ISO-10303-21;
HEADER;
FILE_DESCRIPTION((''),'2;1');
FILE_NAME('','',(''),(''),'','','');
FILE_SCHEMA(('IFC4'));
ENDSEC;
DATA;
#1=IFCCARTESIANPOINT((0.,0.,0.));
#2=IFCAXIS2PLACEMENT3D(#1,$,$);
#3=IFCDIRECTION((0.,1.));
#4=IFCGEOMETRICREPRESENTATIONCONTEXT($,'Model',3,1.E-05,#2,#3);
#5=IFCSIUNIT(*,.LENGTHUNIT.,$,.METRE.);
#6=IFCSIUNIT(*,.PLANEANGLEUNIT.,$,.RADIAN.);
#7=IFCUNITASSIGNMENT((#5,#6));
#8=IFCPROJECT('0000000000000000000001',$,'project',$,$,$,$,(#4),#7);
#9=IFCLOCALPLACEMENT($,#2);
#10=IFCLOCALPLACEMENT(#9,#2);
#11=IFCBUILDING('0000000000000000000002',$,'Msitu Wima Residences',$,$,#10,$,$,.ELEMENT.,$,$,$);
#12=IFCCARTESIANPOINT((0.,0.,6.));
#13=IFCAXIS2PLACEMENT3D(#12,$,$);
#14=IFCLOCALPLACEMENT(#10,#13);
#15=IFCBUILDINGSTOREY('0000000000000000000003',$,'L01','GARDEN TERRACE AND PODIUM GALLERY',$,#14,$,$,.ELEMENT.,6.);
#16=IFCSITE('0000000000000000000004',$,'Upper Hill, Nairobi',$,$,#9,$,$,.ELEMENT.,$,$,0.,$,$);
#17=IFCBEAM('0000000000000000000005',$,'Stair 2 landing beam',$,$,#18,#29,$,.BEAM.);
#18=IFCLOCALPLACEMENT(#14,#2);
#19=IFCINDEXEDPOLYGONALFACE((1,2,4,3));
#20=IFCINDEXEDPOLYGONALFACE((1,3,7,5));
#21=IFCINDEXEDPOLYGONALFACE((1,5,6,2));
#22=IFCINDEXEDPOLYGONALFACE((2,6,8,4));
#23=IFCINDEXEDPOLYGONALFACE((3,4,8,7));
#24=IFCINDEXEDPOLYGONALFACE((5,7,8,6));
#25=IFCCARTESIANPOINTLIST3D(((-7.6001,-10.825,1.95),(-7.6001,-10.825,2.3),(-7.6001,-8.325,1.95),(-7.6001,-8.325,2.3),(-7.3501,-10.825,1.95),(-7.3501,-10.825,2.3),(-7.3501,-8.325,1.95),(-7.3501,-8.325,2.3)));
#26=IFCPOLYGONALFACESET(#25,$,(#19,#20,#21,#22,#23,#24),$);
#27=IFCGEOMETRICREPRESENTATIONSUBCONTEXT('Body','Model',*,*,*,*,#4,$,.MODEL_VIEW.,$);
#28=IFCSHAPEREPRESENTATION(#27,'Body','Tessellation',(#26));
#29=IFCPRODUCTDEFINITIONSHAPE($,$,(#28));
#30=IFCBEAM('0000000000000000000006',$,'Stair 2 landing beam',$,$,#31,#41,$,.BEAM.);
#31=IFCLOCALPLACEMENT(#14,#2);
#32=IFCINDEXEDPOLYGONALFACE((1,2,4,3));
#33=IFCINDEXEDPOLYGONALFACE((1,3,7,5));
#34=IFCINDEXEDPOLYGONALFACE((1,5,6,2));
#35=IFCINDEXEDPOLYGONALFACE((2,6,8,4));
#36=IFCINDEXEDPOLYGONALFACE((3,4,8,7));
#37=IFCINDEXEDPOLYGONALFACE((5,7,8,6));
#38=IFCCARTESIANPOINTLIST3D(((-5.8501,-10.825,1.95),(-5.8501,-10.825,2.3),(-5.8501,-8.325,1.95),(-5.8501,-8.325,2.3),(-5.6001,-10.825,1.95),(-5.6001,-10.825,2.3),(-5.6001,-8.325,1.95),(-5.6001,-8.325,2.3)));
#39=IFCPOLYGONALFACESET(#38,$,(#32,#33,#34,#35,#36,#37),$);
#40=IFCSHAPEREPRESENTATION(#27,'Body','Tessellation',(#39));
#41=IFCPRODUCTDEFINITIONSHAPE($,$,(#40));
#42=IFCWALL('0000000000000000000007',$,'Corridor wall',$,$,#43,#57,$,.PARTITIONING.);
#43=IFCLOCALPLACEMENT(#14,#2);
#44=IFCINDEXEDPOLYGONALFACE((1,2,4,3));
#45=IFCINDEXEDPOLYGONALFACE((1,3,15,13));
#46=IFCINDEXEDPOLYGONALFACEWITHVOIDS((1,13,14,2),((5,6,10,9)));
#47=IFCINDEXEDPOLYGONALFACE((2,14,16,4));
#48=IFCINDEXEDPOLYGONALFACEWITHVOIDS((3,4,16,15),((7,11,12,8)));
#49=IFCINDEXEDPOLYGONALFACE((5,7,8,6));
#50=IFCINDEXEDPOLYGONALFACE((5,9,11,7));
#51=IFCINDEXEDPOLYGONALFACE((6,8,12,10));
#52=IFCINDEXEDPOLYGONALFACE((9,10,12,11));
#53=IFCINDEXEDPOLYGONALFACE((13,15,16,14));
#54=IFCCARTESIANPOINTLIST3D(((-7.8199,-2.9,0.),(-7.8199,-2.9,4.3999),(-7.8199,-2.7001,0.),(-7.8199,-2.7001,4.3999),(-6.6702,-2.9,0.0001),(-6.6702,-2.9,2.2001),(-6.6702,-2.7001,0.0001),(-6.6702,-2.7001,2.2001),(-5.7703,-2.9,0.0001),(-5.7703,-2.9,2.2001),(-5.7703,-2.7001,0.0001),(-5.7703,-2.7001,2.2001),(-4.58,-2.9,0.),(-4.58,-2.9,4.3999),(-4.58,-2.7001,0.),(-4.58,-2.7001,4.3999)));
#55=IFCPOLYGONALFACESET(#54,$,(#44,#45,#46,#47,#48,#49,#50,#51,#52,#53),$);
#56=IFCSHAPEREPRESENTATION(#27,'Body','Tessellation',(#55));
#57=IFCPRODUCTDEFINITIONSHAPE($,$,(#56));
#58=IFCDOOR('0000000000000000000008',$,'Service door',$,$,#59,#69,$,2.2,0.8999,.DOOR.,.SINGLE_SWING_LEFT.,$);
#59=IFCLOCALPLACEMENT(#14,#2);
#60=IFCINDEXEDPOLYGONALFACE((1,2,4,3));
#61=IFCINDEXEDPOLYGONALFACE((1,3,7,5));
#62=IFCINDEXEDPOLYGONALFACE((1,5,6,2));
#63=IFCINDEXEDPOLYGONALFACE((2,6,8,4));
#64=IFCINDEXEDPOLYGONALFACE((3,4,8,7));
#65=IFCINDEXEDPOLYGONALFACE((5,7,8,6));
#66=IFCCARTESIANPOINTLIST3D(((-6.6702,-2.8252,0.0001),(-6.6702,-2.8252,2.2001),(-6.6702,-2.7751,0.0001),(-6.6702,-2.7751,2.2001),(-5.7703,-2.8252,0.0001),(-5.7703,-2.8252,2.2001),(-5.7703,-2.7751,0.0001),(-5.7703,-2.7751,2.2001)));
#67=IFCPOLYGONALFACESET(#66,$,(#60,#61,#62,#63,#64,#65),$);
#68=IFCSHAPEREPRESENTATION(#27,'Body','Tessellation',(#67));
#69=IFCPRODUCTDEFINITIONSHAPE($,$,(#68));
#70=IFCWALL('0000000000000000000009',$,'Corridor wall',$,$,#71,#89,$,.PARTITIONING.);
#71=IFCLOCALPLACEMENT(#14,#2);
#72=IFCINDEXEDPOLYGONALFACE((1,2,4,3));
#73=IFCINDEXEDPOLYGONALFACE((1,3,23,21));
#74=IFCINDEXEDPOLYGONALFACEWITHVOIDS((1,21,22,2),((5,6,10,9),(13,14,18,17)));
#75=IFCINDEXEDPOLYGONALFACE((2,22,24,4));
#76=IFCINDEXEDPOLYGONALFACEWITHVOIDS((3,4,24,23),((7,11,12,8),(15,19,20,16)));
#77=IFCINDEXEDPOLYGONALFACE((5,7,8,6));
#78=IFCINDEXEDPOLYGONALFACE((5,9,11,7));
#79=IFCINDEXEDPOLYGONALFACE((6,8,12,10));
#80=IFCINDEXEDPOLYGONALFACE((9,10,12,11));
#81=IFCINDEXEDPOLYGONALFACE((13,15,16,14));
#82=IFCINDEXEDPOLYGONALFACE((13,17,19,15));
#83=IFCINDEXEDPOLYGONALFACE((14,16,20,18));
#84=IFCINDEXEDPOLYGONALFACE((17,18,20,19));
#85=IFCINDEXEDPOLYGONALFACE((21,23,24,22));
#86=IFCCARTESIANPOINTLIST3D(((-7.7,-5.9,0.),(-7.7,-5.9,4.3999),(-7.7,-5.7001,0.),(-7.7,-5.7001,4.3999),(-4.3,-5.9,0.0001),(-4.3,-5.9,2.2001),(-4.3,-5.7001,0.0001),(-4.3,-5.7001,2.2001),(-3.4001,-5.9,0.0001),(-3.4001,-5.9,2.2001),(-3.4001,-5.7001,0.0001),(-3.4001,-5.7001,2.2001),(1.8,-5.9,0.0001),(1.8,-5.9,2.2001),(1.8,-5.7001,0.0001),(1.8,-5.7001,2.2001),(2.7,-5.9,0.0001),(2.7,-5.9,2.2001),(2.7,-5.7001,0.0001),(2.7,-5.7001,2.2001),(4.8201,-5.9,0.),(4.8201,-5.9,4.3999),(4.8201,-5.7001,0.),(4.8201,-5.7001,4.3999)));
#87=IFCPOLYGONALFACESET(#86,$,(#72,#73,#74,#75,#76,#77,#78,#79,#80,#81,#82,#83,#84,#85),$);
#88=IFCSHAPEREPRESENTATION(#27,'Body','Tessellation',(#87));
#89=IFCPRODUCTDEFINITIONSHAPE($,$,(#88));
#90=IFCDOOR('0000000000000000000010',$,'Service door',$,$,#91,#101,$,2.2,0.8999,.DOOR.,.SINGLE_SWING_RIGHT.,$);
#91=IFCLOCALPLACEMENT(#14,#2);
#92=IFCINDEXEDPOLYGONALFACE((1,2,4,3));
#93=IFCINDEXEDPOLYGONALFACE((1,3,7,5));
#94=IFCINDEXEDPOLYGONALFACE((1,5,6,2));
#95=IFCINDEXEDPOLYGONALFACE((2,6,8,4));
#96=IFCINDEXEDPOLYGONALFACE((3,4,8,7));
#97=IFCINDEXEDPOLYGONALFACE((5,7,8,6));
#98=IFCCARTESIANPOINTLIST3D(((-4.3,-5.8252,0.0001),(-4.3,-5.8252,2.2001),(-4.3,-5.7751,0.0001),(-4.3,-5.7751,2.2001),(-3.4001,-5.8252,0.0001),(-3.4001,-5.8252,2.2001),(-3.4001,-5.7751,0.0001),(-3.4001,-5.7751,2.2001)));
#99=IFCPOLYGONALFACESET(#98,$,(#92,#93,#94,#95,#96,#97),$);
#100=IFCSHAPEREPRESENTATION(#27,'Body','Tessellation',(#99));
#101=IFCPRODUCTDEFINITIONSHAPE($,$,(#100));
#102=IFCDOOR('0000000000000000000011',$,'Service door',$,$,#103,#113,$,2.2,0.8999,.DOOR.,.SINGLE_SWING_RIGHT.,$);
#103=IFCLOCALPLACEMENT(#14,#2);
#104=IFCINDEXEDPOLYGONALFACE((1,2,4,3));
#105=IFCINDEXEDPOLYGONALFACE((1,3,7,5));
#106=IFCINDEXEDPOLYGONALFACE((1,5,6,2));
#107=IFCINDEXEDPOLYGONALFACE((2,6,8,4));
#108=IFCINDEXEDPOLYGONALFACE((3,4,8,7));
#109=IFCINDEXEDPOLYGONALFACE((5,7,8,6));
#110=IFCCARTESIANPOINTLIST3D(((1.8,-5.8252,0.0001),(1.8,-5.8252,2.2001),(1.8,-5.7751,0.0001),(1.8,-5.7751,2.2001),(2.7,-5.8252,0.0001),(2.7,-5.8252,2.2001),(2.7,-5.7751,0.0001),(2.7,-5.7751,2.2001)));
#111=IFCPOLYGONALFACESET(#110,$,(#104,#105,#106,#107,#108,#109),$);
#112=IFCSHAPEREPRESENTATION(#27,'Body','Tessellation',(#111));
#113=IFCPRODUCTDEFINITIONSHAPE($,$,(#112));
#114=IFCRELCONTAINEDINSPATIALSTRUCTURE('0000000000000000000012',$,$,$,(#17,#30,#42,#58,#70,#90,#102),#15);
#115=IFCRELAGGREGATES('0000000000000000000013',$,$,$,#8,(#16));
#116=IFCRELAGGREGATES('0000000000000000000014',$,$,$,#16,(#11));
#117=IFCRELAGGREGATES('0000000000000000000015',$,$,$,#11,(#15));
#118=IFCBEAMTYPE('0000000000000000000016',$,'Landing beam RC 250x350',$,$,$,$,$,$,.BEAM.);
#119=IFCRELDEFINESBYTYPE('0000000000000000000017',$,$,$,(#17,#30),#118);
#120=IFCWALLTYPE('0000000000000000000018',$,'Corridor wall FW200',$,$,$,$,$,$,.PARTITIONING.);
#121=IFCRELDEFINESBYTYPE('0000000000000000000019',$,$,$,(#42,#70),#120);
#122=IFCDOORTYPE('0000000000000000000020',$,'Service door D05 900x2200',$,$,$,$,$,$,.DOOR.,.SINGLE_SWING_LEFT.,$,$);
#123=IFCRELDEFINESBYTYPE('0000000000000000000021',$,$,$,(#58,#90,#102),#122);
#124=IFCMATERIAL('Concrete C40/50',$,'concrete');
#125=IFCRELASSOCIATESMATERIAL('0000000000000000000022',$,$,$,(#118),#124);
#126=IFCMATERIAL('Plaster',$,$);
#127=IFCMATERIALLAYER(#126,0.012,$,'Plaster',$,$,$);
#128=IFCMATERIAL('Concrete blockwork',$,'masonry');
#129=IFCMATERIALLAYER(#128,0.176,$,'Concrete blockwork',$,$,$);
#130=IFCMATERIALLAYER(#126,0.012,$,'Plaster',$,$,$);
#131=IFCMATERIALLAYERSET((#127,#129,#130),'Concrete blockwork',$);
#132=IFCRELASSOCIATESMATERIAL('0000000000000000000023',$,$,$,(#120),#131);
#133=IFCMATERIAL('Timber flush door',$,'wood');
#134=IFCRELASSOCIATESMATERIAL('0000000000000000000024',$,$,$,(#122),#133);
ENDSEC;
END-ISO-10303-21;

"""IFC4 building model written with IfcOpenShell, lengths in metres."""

from ifc_helpers import new_model, si_unit, direction, frame, frame_2d, origin, origin_2d, place, context, subcontext, project, spatial, rectangle, extrude, material, layer, layer_set, material_profile, profile_set, type_object, element, fill, save


model = new_model("IFC4")

# Units and contexts
model_context = context("Model", 3, precision=1e-05, world=origin(), true_north=direction((0.0, 1.0)))
body_context = subcontext(model_context, "Body", "Model", "MODEL_VIEW")
ifc_project = project(units=[si_unit("LENGTHUNIT", "METRE"), si_unit("PLANEANGLEUNIT", "RADIAN")], contexts=[model_context])

# Site, building, storey
site_placement = place(None, origin())
site = spatial("IfcSite", under=ifc_project, at=site_placement, Name="Upper Hill, Nairobi", CompositionType="ELEMENT", RefElevation=0.0)
building_placement = place(site_placement, origin())
building = spatial("IfcBuilding", under=site, at=building_placement, Name="Msitu Wima Residences", CompositionType="ELEMENT")
storey_placement = place(building_placement, frame((0.0, 0.0, 6.0)))
storey = spatial("IfcBuildingStorey", under=building, at=storey_placement, Name="L01", Description="GARDEN TERRACE AND PODIUM GALLERY", CompositionType="ELEMENT", Elevation=6.0)

# Beams
ifc_material_1 = material(Name="Concrete C40/50", Category="concrete")
ifc_material_profile = material_profile(ifc_material_1, rectangle(XDim=0.25, YDim=0.3501, at=origin_2d()), Name="RC 250x350")
ifc_profile_set = profile_set([ifc_material_profile], Name="Concrete C40/50")
beam_type = type_object("IfcBeamType", Name="Landing beam RC 250x350", PredefinedType="BEAM", material=ifc_profile_set)
for number, where, z_axis, x_axis, name in (
    (1, (-7.4751, -10.825, 2.125), (0.0, 1.0, 0.0), (-1.0, 0.0, 0.0), "Stair 2 landing beam"),
    (2, (-5.7251, -10.825, 2.125), (0.0, 1.0, 0.0), (-1.0, 0.0, 0.0), "Stair 2 landing beam"),
):
    element("IfcBeam", number, at=place(storey_placement, frame(where, z_axis=z_axis, x_axis=x_axis)), inside=storey, type_object=beam_type, Name=name, PredefinedType="BEAM", context=body_context, shape_type="SweptSolid", body=[
        extrude(rectangle(XDim=0.25, YDim=0.3501, at=origin_2d()), origin(), (0.0, 0.0, 1.0), 2.5),
    ])

# Wall, opening, door
ifc_material_2 = material(Name="Plaster")
ifc_layer_1 = layer(ifc_material_2, 0.012, Name="Plaster")
ifc_material_3 = material(Name="Concrete blockwork", Category="masonry")
ifc_layer_2 = layer(ifc_material_3, 0.176, Name="Concrete blockwork")
ifc_layer_3 = layer(ifc_material_2, 0.012, Name="Plaster")
ifc_layer_set_1 = layer_set([ifc_layer_1, ifc_layer_2, ifc_layer_3], Name="Concrete blockwork")
wall_type_1 = type_object("IfcWallType", Name="Corridor wall FW200", PredefinedType="PARTITIONING", material=ifc_layer_set_1)
wall_1_placement = place(storey_placement, frame((-7.8201, -2.8, 0.0), z_axis=(0.0, 0.0, 1.0), x_axis=(1.0, 0.0, 0.0)))
wall_1 = element("IfcWall", 3, at=wall_1_placement, inside=storey, type_object=wall_type_1, Name="Corridor wall", PredefinedType="PARTITIONING", context=body_context, shape_type="SweptSolid", body=[
    extrude(rectangle(XDim=3.24, YDim=0.2, at=frame_2d((1.6201, 0.0))), origin(), (0.0, 0.0, 1.0), 4.3999),
])
opening_1_placement = place(wall_1_placement, frame((1.1499, 0.0, 0.0)))
opening_1 = element("IfcOpeningElement", 4, at=opening_1_placement, cuts=wall_1, PredefinedType="OPENING", context=body_context, shape_type="SweptSolid", body=[
    extrude(rectangle(XDim=0.8999, YDim=2.2, at=frame_2d((0.45, 1.1001))), frame((0.0, 0.1099, 0.0), z_axis=(0.0, -1.0, 0.0), x_axis=(1.0, 0.0, 0.0)), (0.0, 0.0, 1.0), 0.22),
])
ifc_material_4 = material(Name="Timber flush door", Category="wood")
door_type_1 = type_object("IfcDoorType", Name="Service door D05 900x2200", OperationType="SINGLE_SWING_LEFT", PredefinedType="DOOR", material=ifc_material_4)
door_1_placement = place(opening_1_placement, origin())
door_1 = element("IfcDoor", 5, at=door_1_placement, inside=storey, type_object=door_type_1, Name="Service door", OperationType="SINGLE_SWING_LEFT", OverallHeight=2.2, OverallWidth=0.8999, PredefinedType="DOOR", context=body_context, shape_type="SweptSolid", body=[
    extrude(rectangle(XDim=0.8999, YDim=2.2, at=frame_2d((0.45, 1.1001))), frame((0.0, 0.0249, 0.0), z_axis=(0.0, -1.0, 0.0), x_axis=(1.0, 0.0, 0.0)), (0.0, 0.0, 1.0), 0.05),
])
fill(opening_1, door_1)

# Wall, openings, doors
wall_2_placement = place(storey_placement, frame((-7.7, -5.8, 0.0), z_axis=(0.0, 0.0, 1.0), x_axis=(1.0, 0.0, 0.0)))
wall_2 = element("IfcWall", 6, at=wall_2_placement, inside=storey, type_object=wall_type_1, Name="Corridor wall", PredefinedType="PARTITIONING", context=body_context, shape_type="SweptSolid", body=[
    extrude(rectangle(XDim=12.52, YDim=0.2, at=frame_2d((6.26, 0.0))), origin(), (0.0, 0.0, 1.0), 4.3999),
])
opening_2_placement = place(wall_2_placement, frame((3.3999, 0.0, 0.0)))
opening_2 = element("IfcOpeningElement", 7, at=opening_2_placement, cuts=wall_2, PredefinedType="OPENING", context=body_context, shape_type="SweptSolid", body=[
    extrude(rectangle(XDim=0.8999, YDim=2.2, at=frame_2d((0.45, 1.1001))), frame((0.0, 0.1099, 0.0), z_axis=(0.0, -1.0, 0.0), x_axis=(1.0, 0.0, 0.0)), (0.0, 0.0, 1.0), 0.22),
])
opening_3_placement = place(wall_2_placement, frame((9.5, 0.0, 0.0)))
opening_3 = element("IfcOpeningElement", 8, at=opening_3_placement, cuts=wall_2, PredefinedType="OPENING", context=body_context, shape_type="SweptSolid", body=[
    extrude(rectangle(XDim=0.8999, YDim=2.2, at=frame_2d((0.45, 1.1001))), frame((0.0, 0.1099, 0.0), z_axis=(0.0, -1.0, 0.0), x_axis=(1.0, 0.0, 0.0)), (0.0, 0.0, 1.0), 0.22),
])
door_2_placement = place(opening_2_placement, origin())
door_2 = element("IfcDoor", 9, at=door_2_placement, inside=storey, type_object=door_type_1, Name="Service door", OperationType="SINGLE_SWING_RIGHT", OverallHeight=2.2, OverallWidth=0.8999, PredefinedType="DOOR", context=body_context, shape_type="SweptSolid", body=[
    extrude(rectangle(XDim=0.8999, YDim=2.2, at=frame_2d((0.45, 1.1001))), frame((0.0, 0.0249, 0.0), z_axis=(0.0, -1.0, 0.0), x_axis=(1.0, 0.0, 0.0)), (0.0, 0.0, 1.0), 0.05),
])
fill(opening_2, door_2)
door_3_placement = place(opening_3_placement, origin())
door_3 = element("IfcDoor", 10, at=door_3_placement, inside=storey, type_object=door_type_1, Name="Service door", OperationType="SINGLE_SWING_RIGHT", OverallHeight=2.2, OverallWidth=0.8999, PredefinedType="DOOR", context=body_context, shape_type="SweptSolid", body=[
    extrude(rectangle(XDim=0.8999, YDim=2.2, at=frame_2d((0.45, 1.1001))), frame((0.0, 0.0249, 0.0), z_axis=(0.0, -1.0, 0.0), x_axis=(1.0, 0.0, 0.0)), (0.0, 0.0, 1.0), 0.05),
])
fill(opening_3, door_3)

save(model, "model.ifc")
